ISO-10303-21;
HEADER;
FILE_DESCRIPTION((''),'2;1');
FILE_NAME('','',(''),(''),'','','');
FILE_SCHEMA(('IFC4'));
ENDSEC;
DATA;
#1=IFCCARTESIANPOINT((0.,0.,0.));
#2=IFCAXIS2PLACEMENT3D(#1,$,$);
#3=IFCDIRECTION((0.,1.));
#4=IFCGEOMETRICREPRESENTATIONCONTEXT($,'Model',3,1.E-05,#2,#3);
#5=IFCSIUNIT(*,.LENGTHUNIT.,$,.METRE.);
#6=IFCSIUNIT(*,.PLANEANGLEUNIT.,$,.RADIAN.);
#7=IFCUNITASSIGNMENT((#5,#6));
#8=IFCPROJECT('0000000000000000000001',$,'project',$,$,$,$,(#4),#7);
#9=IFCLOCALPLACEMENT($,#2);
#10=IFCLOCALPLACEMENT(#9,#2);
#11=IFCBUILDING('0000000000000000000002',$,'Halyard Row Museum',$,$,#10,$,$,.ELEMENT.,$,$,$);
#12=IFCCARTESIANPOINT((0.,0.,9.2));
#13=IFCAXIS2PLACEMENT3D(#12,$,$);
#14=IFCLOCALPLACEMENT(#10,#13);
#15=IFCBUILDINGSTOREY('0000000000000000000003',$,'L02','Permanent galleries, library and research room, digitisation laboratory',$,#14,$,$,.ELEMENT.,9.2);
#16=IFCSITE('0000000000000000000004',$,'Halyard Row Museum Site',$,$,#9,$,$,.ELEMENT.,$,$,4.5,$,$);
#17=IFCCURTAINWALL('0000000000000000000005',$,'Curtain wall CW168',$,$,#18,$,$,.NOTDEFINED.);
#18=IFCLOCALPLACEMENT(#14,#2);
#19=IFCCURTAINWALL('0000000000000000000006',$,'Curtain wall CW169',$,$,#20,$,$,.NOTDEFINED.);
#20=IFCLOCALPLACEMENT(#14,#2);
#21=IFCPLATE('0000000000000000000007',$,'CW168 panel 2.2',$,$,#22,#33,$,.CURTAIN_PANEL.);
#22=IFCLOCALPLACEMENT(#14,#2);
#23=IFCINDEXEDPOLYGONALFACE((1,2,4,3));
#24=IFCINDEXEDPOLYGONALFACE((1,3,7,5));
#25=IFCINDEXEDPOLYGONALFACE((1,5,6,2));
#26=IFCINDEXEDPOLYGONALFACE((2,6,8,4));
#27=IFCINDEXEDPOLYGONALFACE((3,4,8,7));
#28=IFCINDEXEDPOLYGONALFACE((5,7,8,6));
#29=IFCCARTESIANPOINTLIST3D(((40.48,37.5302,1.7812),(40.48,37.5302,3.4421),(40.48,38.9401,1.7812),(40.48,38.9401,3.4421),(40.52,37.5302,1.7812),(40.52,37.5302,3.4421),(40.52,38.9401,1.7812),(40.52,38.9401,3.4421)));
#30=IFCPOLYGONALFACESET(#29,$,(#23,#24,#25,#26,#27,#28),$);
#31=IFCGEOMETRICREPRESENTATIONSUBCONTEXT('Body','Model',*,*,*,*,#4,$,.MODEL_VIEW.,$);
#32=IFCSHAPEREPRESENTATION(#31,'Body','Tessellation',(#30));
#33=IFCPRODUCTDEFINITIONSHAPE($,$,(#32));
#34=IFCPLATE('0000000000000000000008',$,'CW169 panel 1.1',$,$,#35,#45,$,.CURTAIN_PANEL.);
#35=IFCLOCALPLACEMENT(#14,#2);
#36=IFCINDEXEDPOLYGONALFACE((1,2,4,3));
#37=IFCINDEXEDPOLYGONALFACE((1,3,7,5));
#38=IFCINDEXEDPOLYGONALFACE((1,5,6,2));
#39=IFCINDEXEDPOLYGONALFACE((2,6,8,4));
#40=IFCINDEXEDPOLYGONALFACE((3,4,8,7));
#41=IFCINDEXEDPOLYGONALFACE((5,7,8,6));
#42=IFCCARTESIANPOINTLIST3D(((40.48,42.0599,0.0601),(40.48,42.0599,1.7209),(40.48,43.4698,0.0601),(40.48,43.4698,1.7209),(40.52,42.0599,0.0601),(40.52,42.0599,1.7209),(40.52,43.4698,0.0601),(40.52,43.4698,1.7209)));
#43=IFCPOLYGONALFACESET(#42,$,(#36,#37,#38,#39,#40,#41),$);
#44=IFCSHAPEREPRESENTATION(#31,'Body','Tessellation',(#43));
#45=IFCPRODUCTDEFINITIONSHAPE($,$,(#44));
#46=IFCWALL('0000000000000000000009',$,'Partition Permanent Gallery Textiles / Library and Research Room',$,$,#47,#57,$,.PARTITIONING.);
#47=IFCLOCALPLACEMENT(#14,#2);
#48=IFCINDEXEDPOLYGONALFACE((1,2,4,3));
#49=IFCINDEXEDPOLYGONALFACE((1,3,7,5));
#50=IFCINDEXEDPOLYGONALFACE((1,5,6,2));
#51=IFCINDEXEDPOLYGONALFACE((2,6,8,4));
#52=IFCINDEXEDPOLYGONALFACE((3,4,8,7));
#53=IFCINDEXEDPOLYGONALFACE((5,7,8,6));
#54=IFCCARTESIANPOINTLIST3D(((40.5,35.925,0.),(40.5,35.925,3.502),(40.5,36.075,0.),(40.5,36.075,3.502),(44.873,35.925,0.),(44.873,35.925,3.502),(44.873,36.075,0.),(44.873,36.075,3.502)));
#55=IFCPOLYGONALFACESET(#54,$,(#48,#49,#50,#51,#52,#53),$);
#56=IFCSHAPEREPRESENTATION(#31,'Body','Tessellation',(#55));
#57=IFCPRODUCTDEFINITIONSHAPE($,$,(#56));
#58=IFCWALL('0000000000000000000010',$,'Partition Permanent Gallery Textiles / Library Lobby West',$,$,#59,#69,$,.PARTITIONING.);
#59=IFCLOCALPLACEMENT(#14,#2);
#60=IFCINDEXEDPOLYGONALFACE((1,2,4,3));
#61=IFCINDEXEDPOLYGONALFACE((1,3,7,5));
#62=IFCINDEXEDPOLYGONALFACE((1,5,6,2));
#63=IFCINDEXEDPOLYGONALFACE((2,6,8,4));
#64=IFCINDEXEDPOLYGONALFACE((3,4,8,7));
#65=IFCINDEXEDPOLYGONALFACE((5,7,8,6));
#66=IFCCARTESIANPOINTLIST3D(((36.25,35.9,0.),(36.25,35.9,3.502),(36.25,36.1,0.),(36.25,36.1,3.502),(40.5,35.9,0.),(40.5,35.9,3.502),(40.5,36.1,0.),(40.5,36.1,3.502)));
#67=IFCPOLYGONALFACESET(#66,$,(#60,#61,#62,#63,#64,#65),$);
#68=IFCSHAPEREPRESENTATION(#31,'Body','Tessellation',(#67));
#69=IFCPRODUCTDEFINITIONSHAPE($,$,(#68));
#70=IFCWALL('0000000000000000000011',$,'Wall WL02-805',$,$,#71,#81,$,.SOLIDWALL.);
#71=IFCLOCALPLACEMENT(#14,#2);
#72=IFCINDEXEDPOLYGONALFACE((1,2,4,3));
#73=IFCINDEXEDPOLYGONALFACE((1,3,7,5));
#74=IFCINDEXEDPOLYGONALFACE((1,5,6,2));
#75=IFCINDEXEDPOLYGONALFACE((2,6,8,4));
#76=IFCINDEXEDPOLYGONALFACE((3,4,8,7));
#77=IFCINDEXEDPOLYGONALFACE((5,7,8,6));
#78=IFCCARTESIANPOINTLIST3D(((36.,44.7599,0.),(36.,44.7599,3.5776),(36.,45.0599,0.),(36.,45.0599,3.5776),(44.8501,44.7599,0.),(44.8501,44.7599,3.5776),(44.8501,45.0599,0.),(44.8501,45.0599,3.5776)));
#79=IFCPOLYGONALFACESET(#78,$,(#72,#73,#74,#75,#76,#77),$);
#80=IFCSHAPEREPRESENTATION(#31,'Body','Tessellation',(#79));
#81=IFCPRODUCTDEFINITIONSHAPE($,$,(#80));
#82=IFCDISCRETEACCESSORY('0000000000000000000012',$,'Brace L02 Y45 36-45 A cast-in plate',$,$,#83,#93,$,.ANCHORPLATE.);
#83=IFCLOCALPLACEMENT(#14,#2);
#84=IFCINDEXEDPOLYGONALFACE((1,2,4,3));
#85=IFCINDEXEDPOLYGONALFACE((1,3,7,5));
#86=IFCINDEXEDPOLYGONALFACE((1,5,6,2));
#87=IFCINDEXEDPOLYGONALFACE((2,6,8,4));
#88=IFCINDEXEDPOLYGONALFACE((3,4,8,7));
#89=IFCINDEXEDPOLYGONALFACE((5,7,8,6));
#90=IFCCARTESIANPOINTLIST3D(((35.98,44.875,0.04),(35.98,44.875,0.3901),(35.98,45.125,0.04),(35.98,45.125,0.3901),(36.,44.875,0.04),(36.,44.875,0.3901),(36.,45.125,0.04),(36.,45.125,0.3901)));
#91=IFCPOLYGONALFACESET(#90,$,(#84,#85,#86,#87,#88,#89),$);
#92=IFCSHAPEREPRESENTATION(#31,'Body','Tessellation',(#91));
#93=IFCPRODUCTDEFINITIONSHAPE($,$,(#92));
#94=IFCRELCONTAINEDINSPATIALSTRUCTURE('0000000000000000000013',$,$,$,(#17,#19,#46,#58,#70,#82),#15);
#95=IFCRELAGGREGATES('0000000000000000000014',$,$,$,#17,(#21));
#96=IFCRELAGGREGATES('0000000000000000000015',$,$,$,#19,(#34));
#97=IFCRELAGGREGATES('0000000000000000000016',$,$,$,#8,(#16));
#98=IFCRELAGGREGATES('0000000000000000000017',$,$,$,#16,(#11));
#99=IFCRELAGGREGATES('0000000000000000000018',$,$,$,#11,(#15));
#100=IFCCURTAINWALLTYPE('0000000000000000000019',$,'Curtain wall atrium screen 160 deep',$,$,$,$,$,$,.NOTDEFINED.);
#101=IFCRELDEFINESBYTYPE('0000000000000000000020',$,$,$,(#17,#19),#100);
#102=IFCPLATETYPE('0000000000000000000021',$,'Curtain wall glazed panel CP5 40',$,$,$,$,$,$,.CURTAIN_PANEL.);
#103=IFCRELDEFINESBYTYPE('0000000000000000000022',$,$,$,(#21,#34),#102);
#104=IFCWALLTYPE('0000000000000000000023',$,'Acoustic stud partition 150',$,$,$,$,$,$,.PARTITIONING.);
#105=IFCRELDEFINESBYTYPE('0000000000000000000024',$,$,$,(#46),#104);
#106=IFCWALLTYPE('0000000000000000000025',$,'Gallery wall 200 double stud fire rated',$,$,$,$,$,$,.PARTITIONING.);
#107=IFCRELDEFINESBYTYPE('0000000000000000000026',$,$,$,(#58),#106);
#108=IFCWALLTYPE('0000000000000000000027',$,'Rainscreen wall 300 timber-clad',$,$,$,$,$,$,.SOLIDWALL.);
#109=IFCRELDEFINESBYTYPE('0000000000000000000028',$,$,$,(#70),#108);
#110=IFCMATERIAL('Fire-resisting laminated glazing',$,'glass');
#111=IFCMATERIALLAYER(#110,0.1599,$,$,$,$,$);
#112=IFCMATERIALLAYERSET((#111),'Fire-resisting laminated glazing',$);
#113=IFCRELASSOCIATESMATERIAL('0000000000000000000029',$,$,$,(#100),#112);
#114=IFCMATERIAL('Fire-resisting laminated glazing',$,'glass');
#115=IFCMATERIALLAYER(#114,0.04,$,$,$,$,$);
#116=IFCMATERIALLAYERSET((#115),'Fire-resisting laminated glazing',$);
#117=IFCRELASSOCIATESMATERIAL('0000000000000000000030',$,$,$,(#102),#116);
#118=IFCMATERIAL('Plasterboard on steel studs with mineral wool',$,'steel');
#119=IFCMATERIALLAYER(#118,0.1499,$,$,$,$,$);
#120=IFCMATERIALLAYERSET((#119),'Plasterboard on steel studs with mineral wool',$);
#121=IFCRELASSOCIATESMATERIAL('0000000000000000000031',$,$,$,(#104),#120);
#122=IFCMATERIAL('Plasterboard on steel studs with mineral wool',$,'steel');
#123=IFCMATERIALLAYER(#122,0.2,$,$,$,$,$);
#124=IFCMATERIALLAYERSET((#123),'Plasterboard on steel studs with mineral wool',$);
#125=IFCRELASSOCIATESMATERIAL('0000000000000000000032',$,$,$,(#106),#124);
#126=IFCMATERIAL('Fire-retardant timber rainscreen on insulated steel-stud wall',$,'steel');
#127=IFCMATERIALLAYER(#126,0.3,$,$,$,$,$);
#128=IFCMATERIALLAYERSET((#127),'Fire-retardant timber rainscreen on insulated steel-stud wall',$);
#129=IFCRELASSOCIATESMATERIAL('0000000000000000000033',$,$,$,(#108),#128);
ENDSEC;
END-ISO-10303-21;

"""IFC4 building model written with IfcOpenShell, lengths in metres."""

from ifc_helpers import new_model, si_unit, direction, frame, frame_2d, origin, origin_2d, place, context, subcontext, project, spatial, rectangle, extrude, material, layer, layer_set, type_object, element, aggregate, save


model = new_model("IFC4")

# Units and contexts
model_context = context("Model", 3, precision=1e-05, world=origin(), true_north=direction((0.0, 1.0)))
body_context = subcontext(model_context, "Body", "Model", "MODEL_VIEW")
ifc_project = project(units=[si_unit("LENGTHUNIT", "METRE"), si_unit("PLANEANGLEUNIT", "RADIAN")], contexts=[model_context])

# Site, building, storey
site_placement = place(None, origin())
site = spatial("IfcSite", under=ifc_project, at=site_placement, Name="Halyard Row Museum Site", CompositionType="ELEMENT", RefElevation=4.5)
building_placement = place(site_placement, origin())
building = spatial("IfcBuilding", under=site, at=building_placement, Name="Halyard Row Museum", CompositionType="ELEMENT")
storey_placement = place(building_placement, frame((0.0, 0.0, 9.2)))
storey = spatial("IfcBuildingStorey", under=building, at=storey_placement, Name="L02", Description="Permanent galleries, library and research room, digitisation laboratory", CompositionType="ELEMENT", Elevation=9.2)

# Curtain walls
ifc_material_1 = material(Name="Fire-resisting laminated glazing", Category="glass")
ifc_layer_1 = layer(ifc_material_1, 0.1599)
ifc_layer_set_1 = layer_set([ifc_layer_1], Name="Fire-resisting laminated glazing")
curtain_wall_type = type_object("IfcCurtainWallType", Name="Curtain wall atrium screen 160 deep", PredefinedType="NOTDEFINED", material=ifc_layer_set_1)
curtain_wall_1_placement = place(storey_placement, origin())
curtain_wall_1 = element("IfcCurtainWall", 1, at=curtain_wall_1_placement, inside=storey, type_object=curtain_wall_type, Name="Curtain wall CW168", PredefinedType="NOTDEFINED")
curtain_wall_2_placement = place(storey_placement, origin())
curtain_wall_2 = element("IfcCurtainWall", 2, at=curtain_wall_2_placement, inside=storey, type_object=curtain_wall_type, Name="Curtain wall CW169", PredefinedType="NOTDEFINED")

# Plates
ifc_material_2 = material(Name="Fire-resisting laminated glazing", Category="glass")
ifc_layer_2 = layer(ifc_material_2, 0.04)
ifc_layer_set_2 = layer_set([ifc_layer_2], Name="Fire-resisting laminated glazing")
plate_type = type_object("IfcPlateType", Name="Curtain wall glazed panel CP5 40", PredefinedType="CURTAIN_PANEL", material=ifc_layer_set_2)
plate_1_placement = place(storey_placement, frame((40.5, 38.2351, 1.7812), z_axis=(0.0, 0.0, 1.0), x_axis=(0.0, 1.0, 0.0)))
plate_1 = element("IfcPlate", 3, at=plate_1_placement, type_object=plate_type, Name="CW168 panel 2.2", PredefinedType="CURTAIN_PANEL", context=body_context, shape_type="SweptSolid", body=[
    extrude(rectangle(XDim=1.4099, YDim=0.04, at=origin_2d()), origin(), (0.0, 0.0, 1.0), 1.6609),
])
aggregate(curtain_wall_1, [plate_1])
plate_2_placement = place(storey_placement, frame((40.5, 42.7649, 0.0601), z_axis=(0.0, 0.0, 1.0), x_axis=(0.0, 1.0, 0.0)))
plate_2 = element("IfcPlate", 4, at=plate_2_placement, type_object=plate_type, Name="CW169 panel 1.1", PredefinedType="CURTAIN_PANEL", context=body_context, shape_type="SweptSolid", body=[
    extrude(rectangle(XDim=1.4099, YDim=0.04, at=origin_2d()), origin(), (0.0, 0.0, 1.0), 1.6609),
])
aggregate(curtain_wall_2, [plate_2])

# Walls
ifc_material_3 = material(Name="Plasterboard on steel studs with mineral wool", Category="steel")
ifc_layer_3 = layer(ifc_material_3, 0.1499)
ifc_layer_set_3 = layer_set([ifc_layer_3], Name="Plasterboard on steel studs with mineral wool")
wall_type_1 = type_object("IfcWallType", Name="Acoustic stud partition 150", PredefinedType="PARTITIONING", material=ifc_layer_set_3)
wall_1_placement = place(storey_placement, frame((40.5, 36.0, 0.0), z_axis=(0.0, 0.0, 1.0), x_axis=(1.0, 0.0, 0.0)))
element("IfcWall", 5, at=wall_1_placement, inside=storey, type_object=wall_type_1, Name="Partition Permanent Gallery Textiles / Library and Research Room", PredefinedType="PARTITIONING", context=body_context, shape_type="SweptSolid", body=[
    extrude(rectangle(XDim=4.373, YDim=0.1499, at=frame_2d((2.1865, 0.0))), origin(), (0.0, 0.0, 1.0), 3.502),
])
ifc_material_4 = material(Name="Plasterboard on steel studs with mineral wool", Category="steel")
ifc_layer_4 = layer(ifc_material_4, 0.2)
ifc_layer_set_4 = layer_set([ifc_layer_4], Name="Plasterboard on steel studs with mineral wool")
wall_type_2 = type_object("IfcWallType", Name="Gallery wall 200 double stud fire rated", PredefinedType="PARTITIONING", material=ifc_layer_set_4)
wall_2_placement = place(storey_placement, frame((36.25, 36.0, 0.0), z_axis=(0.0, 0.0, 1.0), x_axis=(1.0, 0.0, 0.0)))
element("IfcWall", 6, at=wall_2_placement, inside=storey, type_object=wall_type_2, Name="Partition Permanent Gallery Textiles / Library Lobby West", PredefinedType="PARTITIONING", context=body_context, shape_type="SweptSolid", body=[
    extrude(rectangle(XDim=4.25, YDim=0.2, at=frame_2d((2.125, 0.0))), origin(), (0.0, 0.0, 1.0), 3.502),
])
ifc_material_5 = material(Name="Fire-retardant timber rainscreen on insulated steel-stud wall", Category="steel")
ifc_layer_5 = layer(ifc_material_5, 0.3)
ifc_layer_set_5 = layer_set([ifc_layer_5], Name="Fire-retardant timber rainscreen on insulated steel-stud wall")
wall_type_3 = type_object("IfcWallType", Name="Rainscreen wall 300 timber-clad", PredefinedType="SOLIDWALL", material=ifc_layer_set_5)
wall_3_placement = place(storey_placement, frame((36.0, 44.9099, 0.0), z_axis=(0.0, 0.0, 1.0), x_axis=(1.0, 0.0, 0.0)))
element("IfcWall", 7, at=wall_3_placement, inside=storey, type_object=wall_type_3, Name="Wall WL02-805", PredefinedType="SOLIDWALL", context=body_context, shape_type="SweptSolid", body=[
    extrude(rectangle(XDim=8.8501, YDim=0.3, at=frame_2d((4.425, 0.0))), origin(), (0.0, 0.0, 1.0), 3.5776),
])

# Discrete accessory
discrete_accessory_placement = place(storey_placement, frame((36.0, 45.0, 0.2151), z_axis=(-1.0, 0.0, 0.0), x_axis=(0.0, -1.0, 0.0)))
element("IfcDiscreteAccessory", 8, at=discrete_accessory_placement, inside=storey, Name="Brace L02 Y45 36-45 A cast-in plate", PredefinedType="ANCHORPLATE", context=body_context, shape_type="SweptSolid", body=[
    extrude(rectangle(XDim=0.25, YDim=0.3501, at=origin_2d()), origin(), (0.0, 0.0, 1.0), 0.02),
])

save(model, "model.ifc")
